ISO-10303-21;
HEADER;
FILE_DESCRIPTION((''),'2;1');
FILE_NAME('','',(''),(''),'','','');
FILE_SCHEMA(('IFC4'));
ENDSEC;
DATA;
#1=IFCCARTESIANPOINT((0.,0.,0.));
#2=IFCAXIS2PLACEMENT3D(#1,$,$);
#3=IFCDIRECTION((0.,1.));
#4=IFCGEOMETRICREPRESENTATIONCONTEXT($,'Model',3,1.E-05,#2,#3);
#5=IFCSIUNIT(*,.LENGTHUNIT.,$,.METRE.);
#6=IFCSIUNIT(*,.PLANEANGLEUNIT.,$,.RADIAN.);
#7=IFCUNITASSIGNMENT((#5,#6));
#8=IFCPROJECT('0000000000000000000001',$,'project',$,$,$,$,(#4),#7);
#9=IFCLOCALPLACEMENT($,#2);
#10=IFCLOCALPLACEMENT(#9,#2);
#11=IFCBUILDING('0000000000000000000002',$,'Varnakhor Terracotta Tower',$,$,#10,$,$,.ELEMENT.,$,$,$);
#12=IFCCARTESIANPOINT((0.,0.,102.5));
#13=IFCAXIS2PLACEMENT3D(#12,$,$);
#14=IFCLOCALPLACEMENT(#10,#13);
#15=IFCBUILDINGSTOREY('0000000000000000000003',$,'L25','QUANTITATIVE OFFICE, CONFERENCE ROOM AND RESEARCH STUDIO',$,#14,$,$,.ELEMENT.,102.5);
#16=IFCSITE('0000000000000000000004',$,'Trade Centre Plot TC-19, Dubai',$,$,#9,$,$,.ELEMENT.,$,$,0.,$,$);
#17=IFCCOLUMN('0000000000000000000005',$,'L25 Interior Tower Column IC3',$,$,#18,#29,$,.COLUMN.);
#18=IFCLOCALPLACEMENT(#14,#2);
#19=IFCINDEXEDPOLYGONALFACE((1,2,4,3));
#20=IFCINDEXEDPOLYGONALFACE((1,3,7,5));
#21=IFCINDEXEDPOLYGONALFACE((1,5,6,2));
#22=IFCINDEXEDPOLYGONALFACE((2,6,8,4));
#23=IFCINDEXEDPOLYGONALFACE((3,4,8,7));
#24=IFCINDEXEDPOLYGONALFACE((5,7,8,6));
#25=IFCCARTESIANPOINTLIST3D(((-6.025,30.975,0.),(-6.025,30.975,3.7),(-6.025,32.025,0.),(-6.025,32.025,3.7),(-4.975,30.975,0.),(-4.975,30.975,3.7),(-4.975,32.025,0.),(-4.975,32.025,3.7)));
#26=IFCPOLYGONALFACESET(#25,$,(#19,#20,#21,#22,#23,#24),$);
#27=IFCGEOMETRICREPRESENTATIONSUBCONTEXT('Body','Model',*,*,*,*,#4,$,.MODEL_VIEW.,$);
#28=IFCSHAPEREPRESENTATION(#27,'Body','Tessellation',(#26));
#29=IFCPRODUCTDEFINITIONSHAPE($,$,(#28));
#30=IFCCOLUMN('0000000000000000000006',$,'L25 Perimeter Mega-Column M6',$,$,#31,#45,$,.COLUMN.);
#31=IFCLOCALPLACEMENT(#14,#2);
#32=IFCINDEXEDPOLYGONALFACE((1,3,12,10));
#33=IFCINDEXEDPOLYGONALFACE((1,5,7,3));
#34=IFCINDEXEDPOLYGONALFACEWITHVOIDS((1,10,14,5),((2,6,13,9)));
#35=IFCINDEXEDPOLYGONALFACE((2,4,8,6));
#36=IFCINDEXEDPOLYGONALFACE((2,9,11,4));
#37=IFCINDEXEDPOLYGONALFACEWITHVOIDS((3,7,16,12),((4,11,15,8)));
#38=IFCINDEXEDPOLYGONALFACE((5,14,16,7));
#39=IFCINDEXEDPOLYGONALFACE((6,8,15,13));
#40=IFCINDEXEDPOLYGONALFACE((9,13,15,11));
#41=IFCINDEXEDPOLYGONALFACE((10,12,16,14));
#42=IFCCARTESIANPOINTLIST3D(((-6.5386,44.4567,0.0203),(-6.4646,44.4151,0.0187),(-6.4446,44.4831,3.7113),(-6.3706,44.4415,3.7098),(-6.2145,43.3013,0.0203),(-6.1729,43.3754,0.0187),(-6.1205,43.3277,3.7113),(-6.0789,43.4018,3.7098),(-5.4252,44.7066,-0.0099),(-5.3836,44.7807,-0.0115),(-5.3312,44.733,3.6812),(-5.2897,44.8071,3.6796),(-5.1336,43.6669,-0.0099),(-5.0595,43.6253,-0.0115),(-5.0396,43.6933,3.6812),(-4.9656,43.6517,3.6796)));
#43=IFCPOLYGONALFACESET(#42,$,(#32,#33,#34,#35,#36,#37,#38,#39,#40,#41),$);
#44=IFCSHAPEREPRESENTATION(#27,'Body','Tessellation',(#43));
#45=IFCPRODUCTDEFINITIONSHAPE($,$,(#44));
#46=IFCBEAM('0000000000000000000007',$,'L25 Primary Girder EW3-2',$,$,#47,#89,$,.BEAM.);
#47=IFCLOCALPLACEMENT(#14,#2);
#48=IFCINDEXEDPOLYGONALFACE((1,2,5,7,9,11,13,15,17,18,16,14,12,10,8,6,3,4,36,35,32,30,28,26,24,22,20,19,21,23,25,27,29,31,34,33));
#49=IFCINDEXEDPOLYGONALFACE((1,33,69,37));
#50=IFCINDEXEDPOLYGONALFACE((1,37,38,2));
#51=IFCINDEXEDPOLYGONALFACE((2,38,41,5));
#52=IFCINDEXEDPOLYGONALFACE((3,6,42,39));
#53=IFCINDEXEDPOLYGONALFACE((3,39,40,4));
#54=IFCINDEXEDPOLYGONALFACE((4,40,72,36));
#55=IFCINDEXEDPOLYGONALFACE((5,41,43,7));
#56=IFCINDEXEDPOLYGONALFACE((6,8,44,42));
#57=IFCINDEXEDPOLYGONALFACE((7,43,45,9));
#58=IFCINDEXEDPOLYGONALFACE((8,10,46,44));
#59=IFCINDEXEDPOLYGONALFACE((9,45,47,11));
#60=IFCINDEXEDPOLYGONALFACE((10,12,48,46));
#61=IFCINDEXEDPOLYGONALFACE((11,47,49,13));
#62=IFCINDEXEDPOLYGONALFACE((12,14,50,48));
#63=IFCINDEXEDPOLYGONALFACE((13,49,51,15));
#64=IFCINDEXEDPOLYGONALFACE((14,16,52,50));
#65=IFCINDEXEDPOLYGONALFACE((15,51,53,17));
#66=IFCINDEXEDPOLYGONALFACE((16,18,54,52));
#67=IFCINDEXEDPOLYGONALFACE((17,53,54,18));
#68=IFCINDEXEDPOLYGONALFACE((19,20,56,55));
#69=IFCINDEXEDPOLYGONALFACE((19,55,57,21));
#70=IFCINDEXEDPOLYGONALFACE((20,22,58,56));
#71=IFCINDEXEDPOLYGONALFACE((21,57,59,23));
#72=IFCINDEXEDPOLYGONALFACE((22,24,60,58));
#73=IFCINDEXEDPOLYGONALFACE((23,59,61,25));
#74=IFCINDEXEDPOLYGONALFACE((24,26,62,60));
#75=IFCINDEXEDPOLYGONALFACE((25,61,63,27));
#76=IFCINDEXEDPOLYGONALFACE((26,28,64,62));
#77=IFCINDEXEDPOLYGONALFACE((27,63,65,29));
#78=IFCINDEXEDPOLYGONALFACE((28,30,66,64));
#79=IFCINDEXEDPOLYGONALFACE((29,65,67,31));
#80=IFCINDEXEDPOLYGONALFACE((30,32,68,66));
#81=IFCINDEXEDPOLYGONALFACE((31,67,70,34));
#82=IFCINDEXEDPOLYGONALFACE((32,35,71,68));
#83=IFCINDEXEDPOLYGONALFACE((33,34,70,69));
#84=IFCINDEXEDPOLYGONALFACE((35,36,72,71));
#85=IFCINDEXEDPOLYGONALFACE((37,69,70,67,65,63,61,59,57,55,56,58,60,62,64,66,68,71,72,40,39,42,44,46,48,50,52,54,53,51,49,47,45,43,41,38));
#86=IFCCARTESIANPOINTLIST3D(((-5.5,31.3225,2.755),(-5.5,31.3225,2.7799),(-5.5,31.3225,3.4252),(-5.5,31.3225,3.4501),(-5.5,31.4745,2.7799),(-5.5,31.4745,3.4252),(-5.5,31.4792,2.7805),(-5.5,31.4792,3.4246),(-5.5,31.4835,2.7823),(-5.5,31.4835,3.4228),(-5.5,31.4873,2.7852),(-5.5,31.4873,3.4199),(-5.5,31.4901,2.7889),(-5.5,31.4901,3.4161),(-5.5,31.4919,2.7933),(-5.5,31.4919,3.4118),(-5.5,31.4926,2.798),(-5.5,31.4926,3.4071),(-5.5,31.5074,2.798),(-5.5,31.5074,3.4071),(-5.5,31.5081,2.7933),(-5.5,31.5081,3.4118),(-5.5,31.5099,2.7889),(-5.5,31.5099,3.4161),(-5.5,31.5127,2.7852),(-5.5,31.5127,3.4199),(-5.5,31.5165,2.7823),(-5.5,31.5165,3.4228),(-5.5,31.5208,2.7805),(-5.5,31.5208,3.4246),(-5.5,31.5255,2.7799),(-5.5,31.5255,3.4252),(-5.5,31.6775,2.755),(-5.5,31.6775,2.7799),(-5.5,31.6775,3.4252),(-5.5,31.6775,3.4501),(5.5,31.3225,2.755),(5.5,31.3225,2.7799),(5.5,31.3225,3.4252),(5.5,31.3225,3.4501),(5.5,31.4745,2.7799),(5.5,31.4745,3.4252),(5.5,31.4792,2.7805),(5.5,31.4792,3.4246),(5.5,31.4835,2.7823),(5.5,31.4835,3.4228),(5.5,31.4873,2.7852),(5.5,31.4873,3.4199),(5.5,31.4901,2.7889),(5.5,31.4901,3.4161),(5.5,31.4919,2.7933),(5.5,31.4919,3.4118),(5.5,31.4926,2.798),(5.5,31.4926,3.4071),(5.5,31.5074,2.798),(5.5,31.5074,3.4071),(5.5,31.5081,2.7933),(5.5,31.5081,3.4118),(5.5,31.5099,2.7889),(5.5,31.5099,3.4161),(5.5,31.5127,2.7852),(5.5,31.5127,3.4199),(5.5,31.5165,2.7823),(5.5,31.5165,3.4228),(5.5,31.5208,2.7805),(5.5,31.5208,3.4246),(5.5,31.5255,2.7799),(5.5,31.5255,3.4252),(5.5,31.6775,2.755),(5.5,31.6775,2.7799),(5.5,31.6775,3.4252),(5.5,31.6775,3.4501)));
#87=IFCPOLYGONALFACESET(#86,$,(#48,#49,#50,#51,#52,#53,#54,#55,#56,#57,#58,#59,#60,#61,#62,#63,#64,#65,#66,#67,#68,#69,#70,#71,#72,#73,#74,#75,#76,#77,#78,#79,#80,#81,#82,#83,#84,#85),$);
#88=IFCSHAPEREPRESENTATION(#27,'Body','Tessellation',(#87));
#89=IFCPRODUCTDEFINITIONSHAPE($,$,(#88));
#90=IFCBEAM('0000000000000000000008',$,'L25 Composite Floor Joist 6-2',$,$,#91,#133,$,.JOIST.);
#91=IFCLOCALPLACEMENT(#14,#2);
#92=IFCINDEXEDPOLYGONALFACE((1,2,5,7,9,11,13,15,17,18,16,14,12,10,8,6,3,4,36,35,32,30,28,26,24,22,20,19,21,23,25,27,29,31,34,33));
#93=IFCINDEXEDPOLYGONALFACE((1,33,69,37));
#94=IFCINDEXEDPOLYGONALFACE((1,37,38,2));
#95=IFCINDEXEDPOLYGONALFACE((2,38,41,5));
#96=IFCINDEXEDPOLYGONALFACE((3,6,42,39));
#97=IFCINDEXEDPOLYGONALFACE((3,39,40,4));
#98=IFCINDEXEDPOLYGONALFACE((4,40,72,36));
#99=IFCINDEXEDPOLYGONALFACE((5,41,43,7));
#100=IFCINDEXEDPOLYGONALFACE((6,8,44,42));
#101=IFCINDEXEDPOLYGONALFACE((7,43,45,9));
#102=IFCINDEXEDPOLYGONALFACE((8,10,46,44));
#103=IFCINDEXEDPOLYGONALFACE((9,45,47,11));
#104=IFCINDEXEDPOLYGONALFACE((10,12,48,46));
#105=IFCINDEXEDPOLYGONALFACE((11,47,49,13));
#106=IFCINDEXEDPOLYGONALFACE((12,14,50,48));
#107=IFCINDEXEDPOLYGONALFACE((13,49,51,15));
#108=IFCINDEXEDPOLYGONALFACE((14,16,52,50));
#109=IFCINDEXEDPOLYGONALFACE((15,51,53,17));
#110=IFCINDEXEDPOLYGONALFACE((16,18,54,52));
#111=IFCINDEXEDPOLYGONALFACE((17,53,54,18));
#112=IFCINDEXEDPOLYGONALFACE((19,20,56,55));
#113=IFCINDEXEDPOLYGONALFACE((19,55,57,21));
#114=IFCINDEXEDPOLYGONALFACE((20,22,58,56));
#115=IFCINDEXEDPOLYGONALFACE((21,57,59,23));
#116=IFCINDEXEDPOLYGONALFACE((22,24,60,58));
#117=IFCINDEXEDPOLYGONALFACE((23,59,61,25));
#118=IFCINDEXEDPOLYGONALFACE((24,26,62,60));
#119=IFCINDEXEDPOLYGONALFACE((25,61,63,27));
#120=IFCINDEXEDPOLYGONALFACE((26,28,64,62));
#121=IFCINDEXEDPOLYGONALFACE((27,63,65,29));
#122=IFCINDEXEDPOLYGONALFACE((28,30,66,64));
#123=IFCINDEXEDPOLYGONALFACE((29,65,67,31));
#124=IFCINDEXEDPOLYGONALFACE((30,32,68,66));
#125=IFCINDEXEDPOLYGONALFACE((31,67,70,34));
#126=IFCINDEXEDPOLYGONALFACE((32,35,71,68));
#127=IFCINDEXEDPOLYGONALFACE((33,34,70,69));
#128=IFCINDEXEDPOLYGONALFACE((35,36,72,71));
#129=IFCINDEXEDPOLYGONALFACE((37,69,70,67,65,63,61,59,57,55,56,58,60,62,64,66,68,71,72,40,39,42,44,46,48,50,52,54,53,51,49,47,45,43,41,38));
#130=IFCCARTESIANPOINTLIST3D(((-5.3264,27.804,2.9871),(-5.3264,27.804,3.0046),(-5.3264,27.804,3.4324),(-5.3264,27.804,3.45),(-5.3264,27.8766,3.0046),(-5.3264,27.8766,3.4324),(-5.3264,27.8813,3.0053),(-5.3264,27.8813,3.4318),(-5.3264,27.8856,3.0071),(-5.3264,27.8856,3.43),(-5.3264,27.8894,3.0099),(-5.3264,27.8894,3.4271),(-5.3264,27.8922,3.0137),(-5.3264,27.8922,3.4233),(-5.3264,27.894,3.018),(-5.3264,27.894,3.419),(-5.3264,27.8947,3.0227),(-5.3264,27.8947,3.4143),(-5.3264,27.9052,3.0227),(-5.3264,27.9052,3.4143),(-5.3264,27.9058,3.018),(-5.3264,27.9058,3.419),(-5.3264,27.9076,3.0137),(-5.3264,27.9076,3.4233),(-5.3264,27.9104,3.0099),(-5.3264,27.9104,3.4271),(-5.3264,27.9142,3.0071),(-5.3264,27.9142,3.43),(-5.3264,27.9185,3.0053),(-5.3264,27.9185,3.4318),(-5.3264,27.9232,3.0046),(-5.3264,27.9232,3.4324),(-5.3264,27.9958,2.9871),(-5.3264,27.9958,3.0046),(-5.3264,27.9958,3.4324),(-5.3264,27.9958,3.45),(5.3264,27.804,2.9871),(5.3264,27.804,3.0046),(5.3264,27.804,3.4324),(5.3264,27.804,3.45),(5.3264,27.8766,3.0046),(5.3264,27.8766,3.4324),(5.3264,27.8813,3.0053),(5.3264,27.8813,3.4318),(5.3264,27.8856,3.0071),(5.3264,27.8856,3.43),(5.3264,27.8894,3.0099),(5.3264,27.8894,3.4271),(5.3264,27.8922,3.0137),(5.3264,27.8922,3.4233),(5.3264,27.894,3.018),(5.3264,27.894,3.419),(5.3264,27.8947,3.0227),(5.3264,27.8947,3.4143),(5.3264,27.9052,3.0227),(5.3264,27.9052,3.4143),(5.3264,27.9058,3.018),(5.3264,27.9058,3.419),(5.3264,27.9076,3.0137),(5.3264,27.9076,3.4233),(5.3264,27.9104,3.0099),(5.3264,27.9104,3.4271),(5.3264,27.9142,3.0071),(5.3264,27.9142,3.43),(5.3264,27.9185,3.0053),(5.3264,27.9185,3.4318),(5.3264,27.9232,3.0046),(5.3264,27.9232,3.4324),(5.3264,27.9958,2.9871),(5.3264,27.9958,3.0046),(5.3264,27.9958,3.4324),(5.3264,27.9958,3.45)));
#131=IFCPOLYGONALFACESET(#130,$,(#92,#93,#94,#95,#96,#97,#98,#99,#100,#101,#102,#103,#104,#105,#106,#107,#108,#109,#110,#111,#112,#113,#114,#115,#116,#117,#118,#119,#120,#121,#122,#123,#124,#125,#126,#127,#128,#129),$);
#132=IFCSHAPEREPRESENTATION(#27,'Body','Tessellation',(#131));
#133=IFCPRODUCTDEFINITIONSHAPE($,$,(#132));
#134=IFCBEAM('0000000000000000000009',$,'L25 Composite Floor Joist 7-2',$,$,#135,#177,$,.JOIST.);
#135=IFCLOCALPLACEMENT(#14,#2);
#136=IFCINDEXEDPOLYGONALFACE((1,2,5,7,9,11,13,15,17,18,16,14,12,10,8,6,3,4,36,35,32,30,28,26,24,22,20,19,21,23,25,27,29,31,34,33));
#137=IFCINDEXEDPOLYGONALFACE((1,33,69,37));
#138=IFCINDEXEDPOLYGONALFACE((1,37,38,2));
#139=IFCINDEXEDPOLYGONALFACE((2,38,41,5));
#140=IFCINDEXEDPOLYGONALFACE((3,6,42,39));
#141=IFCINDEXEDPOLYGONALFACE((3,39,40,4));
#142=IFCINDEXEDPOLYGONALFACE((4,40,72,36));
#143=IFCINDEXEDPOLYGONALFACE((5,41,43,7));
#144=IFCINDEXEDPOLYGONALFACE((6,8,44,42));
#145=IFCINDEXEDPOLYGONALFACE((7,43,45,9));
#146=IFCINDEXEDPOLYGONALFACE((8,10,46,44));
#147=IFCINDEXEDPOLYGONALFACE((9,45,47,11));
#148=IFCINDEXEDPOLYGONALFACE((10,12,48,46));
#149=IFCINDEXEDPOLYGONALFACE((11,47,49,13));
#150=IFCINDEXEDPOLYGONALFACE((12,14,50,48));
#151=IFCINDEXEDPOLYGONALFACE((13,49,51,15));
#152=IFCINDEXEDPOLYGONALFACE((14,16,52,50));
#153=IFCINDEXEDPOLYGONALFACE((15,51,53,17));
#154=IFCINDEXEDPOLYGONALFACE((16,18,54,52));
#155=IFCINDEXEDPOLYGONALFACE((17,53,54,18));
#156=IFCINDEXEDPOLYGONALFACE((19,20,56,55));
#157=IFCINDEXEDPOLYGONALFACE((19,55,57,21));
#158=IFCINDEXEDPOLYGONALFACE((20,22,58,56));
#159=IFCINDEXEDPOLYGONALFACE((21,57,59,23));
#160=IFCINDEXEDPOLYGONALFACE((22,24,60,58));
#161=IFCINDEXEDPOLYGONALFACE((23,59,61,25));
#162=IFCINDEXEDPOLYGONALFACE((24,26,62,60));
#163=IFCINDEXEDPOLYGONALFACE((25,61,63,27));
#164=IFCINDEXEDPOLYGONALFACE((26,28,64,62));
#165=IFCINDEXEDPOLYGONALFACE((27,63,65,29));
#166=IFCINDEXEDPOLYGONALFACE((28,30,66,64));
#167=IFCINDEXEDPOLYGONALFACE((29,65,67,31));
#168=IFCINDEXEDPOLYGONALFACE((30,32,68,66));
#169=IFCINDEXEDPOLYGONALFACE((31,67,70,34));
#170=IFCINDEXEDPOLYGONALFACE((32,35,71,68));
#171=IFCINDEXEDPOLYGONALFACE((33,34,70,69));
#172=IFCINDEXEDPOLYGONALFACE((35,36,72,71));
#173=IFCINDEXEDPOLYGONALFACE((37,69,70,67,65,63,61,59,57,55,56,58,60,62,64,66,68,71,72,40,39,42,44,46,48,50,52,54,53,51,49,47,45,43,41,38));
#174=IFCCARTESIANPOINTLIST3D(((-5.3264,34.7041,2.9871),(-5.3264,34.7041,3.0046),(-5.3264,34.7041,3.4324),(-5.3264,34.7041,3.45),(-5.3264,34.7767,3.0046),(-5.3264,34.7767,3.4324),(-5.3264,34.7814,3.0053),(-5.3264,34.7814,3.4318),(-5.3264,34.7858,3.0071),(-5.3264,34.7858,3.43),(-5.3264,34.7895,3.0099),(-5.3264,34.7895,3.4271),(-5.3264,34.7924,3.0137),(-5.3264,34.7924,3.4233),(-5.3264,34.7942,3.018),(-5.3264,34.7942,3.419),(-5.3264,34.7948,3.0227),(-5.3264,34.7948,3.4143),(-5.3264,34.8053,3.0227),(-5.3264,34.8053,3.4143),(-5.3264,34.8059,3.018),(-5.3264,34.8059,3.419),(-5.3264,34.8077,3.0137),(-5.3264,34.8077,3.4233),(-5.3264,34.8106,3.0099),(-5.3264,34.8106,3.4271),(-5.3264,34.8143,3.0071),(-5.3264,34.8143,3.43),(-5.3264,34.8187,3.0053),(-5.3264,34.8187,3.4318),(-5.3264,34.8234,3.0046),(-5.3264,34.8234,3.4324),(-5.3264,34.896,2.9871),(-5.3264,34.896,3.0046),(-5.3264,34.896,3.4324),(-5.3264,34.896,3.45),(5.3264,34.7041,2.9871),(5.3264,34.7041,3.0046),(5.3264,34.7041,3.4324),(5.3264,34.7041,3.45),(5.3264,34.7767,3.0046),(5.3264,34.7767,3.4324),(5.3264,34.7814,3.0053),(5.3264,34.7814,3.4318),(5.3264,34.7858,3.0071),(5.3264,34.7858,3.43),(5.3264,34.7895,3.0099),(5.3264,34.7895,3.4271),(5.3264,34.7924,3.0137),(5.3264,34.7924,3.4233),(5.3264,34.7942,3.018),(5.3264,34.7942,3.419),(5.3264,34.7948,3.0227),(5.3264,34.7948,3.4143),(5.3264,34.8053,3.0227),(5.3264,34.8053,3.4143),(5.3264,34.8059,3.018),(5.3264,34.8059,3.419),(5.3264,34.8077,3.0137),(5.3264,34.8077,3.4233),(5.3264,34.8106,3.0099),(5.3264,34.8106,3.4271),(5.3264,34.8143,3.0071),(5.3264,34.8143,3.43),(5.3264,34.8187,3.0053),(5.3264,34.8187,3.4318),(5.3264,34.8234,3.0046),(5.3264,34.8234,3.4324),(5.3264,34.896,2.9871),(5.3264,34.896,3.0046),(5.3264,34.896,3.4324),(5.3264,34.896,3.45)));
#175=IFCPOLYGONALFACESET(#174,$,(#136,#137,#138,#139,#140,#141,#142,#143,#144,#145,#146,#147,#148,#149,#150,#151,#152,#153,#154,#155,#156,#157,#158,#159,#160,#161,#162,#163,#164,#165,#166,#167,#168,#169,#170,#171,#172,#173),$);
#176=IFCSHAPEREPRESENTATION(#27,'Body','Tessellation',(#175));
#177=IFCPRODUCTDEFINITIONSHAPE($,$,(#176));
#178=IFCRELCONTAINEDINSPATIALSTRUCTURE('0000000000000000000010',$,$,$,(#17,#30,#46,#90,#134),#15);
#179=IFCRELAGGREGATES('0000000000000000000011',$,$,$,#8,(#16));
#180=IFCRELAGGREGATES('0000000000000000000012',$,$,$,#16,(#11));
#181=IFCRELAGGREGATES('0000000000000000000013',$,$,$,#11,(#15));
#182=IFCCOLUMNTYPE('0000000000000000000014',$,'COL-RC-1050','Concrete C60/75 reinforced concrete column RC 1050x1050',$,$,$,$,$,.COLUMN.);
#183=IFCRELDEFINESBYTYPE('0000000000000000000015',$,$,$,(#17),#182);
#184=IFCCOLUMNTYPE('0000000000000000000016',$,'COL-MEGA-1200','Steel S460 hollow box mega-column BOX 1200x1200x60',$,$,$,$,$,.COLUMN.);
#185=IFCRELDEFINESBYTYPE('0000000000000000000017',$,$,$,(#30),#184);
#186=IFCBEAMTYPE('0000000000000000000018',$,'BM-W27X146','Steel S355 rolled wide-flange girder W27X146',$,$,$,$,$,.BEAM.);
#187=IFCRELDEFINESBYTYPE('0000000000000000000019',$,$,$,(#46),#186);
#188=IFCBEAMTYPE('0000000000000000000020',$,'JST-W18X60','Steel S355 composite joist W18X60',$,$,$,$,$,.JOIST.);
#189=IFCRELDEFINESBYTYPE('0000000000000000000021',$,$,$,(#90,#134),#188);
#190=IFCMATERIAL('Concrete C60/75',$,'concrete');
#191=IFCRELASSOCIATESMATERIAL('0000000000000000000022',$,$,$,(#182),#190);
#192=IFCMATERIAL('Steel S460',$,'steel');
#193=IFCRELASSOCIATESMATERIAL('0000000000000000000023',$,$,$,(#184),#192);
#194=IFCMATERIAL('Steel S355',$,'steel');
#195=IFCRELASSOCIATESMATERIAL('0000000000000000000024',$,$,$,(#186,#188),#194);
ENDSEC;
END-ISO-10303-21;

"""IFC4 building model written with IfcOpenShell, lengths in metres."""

from ifc_helpers import new_model, si_unit, direction, frame, origin, origin_2d, place, context, subcontext, project, spatial, rectangle, hollow_rectangle, i_section, extrude, source, transform, mapped, material, material_profile, profile_set, type_object, element, save


model = new_model("IFC4")

# Units and contexts
model_context = context("Model", 3, precision=1e-05, world=origin(), true_north=direction((0.0, 1.0)))
body_context = subcontext(model_context, "Body", "Model", "MODEL_VIEW")
ifc_project = project(units=[si_unit("LENGTHUNIT", "METRE"), si_unit("PLANEANGLEUNIT", "RADIAN")], contexts=[model_context])

# Site, building, storey
site_placement = place(None, origin())
site = spatial("IfcSite", under=ifc_project, at=site_placement, Name="Trade Centre Plot TC-19, Dubai", CompositionType="ELEMENT", RefElevation=0.0)
building_placement = place(site_placement, origin())
building = spatial("IfcBuilding", under=site, at=building_placement, Name="Varnakhor Terracotta Tower", CompositionType="ELEMENT")
storey_placement = place(building_placement, frame((0.0, 0.0, 102.5)))
storey = spatial("IfcBuildingStorey", under=building, at=storey_placement, Name="L25", Description="QUANTITATIVE OFFICE, CONFERENCE ROOM AND RESEARCH STUDIO", CompositionType="ELEMENT", Elevation=102.5)

# Columns
ifc_material_1 = material(Name="Concrete C60/75", Category="concrete")
ifc_material_profile_1 = material_profile(ifc_material_1, rectangle(XDim=1.05, YDim=1.05, at=origin_2d()), Name="RC 1050x1050")
ifc_profile_set_1 = profile_set([ifc_material_profile_1], Name="Concrete C60/75")
column_type_1 = type_object("IfcColumnType", Name="COL-RC-1050", Description="Concrete C60/75 reinforced concrete column RC 1050x1050", PredefinedType="COLUMN", material=ifc_profile_set_1)
shared_shape_1 = source(origin(), body_context, "Body", "SweptSolid", [
    extrude(rectangle(XDim=1.05, YDim=1.05, at=origin_2d()), origin(), (0.0, 0.0, 1.0), 3.7),
])
column_1_placement = place(storey_placement, frame((-5.5, 31.5, 0.0), z_axis=(0.0, 0.0, 1.0), x_axis=(1.0, 0.0, 0.0)))
element("IfcColumn", 1, at=column_1_placement, inside=storey, type_object=column_type_1, Name="L25 Interior Tower Column IC3", PredefinedType="COLUMN", context=body_context, shape_type="MappedRepresentation", body=[
    mapped(shared_shape_1, transform((0.0, 0.0, 0.0), scale=1.0)),
])
ifc_material_2 = material(Name="Steel S460", Category="steel")
ifc_material_profile_2 = material_profile(ifc_material_2, hollow_rectangle(XDim=1.2, YDim=1.2, WallThickness=0.0601, at=origin_2d()), Name="BOX 1200x1200x60")
ifc_profile_set_2 = profile_set([ifc_material_profile_2], Name="Steel S460")
column_type_2 = type_object("IfcColumnType", Name="COL-MEGA-1200", Description="Steel S460 hollow box mega-column BOX 1200x1200x60", PredefinedType="COLUMN", material=ifc_profile_set_2)
shared_shape_2 = source(origin(), body_context, "Body", "SweptSolid", [
    extrude(hollow_rectangle(XDim=1.2, YDim=1.2, WallThickness=0.0601, at=origin_2d()), origin(), (0.0, 0.0, 1.0), 3.6924),
])
column_2_placement = place(storey_placement, frame((-5.7991, 44.041, 0.0044), z_axis=(0.025456, 0.007141, 0.99965), x_axis=(-0.270094, 0.962834, 0.0)))
element("IfcColumn", 2, at=column_2_placement, inside=storey, type_object=column_type_2, Name="L25 Perimeter Mega-Column M6", PredefinedType="COLUMN", context=body_context, shape_type="MappedRepresentation", body=[
    mapped(shared_shape_2, transform((0.0, 0.0, 0.0), scale=1.0)),
])

# Beams
ifc_material_3 = material(Name="Steel S355", Category="steel")
ifc_material_profile_3 = material_profile(ifc_material_3, i_section(OverallWidth=0.355, OverallDepth=0.6951, WebThickness=0.0149, FlangeThickness=0.0249, FilletRadius=0.0181, at=origin_2d()), Name="W27X146")
ifc_profile_set_3 = profile_set([ifc_material_profile_3], Name="Steel S355")
beam_type_1 = type_object("IfcBeamType", Name="BM-W27X146", Description="Steel S355 rolled wide-flange girder W27X146", PredefinedType="BEAM", material=ifc_profile_set_3)
shared_shape_3 = source(origin(), body_context, "Body", "SweptSolid", [
    extrude(i_section(OverallWidth=0.355, OverallDepth=0.6951, WebThickness=0.0149, FlangeThickness=0.0249, FilletRadius=0.0181, at=origin_2d()), origin(), (0.0, 0.0, 1.0), 11.0),
])
beam_1_placement = place(storey_placement, frame((-5.5, 31.5, 3.1025), z_axis=(1.0, 0.0, 0.0), x_axis=(0.0, 1.0, 0.0)))
element("IfcBeam", 3, at=beam_1_placement, inside=storey, type_object=beam_type_1, Name="L25 Primary Girder EW3-2", PredefinedType="BEAM", context=body_context, shape_type="MappedRepresentation", body=[
    mapped(shared_shape_3, transform((0.0, 0.0, 0.0), scale=1.0)),
])
ifc_material_profile_4 = material_profile(ifc_material_3, i_section(OverallWidth=0.1919, OverallDepth=0.4629, WebThickness=0.0105, FlangeThickness=0.0176, FilletRadius=0.0181, at=origin_2d()), Name="W18X60")
ifc_profile_set_4 = profile_set([ifc_material_profile_4], Name="Steel S355")
beam_type_2 = type_object("IfcBeamType", Name="JST-W18X60", Description="Steel S355 composite joist W18X60", PredefinedType="JOIST", material=ifc_profile_set_4)
shared_shape_4 = source(origin(), body_context, "Body", "SweptSolid", [
    extrude(i_section(OverallWidth=0.1919, OverallDepth=0.4629, WebThickness=0.0105, FlangeThickness=0.0176, FilletRadius=0.0181, at=origin_2d()), origin(), (0.0, 0.0, 1.0), 10.6528),
])
for number, where, z_axis, x_axis, name in (
    (4, (-5.3264, 27.8999, 3.2185), (1.0, 0.0, 0.0), (0.0, 1.0, 0.0), "L25 Composite Floor Joist 6-2"),
    (5, (-5.3264, 34.8, 3.2185), (1.0, 0.0, 0.0), (0.0, 1.0, 0.0), "L25 Composite Floor Joist 7-2"),
):
    element("IfcBeam", number, at=place(storey_placement, frame(where, z_axis=z_axis, x_axis=x_axis)), inside=storey, type_object=beam_type_2, Name=name, PredefinedType="JOIST", context=body_context, shape_type="MappedRepresentation", body=[
        mapped(shared_shape_4, transform((0.0, 0.0, 0.0), scale=1.0)),
    ])

save(model, "model.ifc")
